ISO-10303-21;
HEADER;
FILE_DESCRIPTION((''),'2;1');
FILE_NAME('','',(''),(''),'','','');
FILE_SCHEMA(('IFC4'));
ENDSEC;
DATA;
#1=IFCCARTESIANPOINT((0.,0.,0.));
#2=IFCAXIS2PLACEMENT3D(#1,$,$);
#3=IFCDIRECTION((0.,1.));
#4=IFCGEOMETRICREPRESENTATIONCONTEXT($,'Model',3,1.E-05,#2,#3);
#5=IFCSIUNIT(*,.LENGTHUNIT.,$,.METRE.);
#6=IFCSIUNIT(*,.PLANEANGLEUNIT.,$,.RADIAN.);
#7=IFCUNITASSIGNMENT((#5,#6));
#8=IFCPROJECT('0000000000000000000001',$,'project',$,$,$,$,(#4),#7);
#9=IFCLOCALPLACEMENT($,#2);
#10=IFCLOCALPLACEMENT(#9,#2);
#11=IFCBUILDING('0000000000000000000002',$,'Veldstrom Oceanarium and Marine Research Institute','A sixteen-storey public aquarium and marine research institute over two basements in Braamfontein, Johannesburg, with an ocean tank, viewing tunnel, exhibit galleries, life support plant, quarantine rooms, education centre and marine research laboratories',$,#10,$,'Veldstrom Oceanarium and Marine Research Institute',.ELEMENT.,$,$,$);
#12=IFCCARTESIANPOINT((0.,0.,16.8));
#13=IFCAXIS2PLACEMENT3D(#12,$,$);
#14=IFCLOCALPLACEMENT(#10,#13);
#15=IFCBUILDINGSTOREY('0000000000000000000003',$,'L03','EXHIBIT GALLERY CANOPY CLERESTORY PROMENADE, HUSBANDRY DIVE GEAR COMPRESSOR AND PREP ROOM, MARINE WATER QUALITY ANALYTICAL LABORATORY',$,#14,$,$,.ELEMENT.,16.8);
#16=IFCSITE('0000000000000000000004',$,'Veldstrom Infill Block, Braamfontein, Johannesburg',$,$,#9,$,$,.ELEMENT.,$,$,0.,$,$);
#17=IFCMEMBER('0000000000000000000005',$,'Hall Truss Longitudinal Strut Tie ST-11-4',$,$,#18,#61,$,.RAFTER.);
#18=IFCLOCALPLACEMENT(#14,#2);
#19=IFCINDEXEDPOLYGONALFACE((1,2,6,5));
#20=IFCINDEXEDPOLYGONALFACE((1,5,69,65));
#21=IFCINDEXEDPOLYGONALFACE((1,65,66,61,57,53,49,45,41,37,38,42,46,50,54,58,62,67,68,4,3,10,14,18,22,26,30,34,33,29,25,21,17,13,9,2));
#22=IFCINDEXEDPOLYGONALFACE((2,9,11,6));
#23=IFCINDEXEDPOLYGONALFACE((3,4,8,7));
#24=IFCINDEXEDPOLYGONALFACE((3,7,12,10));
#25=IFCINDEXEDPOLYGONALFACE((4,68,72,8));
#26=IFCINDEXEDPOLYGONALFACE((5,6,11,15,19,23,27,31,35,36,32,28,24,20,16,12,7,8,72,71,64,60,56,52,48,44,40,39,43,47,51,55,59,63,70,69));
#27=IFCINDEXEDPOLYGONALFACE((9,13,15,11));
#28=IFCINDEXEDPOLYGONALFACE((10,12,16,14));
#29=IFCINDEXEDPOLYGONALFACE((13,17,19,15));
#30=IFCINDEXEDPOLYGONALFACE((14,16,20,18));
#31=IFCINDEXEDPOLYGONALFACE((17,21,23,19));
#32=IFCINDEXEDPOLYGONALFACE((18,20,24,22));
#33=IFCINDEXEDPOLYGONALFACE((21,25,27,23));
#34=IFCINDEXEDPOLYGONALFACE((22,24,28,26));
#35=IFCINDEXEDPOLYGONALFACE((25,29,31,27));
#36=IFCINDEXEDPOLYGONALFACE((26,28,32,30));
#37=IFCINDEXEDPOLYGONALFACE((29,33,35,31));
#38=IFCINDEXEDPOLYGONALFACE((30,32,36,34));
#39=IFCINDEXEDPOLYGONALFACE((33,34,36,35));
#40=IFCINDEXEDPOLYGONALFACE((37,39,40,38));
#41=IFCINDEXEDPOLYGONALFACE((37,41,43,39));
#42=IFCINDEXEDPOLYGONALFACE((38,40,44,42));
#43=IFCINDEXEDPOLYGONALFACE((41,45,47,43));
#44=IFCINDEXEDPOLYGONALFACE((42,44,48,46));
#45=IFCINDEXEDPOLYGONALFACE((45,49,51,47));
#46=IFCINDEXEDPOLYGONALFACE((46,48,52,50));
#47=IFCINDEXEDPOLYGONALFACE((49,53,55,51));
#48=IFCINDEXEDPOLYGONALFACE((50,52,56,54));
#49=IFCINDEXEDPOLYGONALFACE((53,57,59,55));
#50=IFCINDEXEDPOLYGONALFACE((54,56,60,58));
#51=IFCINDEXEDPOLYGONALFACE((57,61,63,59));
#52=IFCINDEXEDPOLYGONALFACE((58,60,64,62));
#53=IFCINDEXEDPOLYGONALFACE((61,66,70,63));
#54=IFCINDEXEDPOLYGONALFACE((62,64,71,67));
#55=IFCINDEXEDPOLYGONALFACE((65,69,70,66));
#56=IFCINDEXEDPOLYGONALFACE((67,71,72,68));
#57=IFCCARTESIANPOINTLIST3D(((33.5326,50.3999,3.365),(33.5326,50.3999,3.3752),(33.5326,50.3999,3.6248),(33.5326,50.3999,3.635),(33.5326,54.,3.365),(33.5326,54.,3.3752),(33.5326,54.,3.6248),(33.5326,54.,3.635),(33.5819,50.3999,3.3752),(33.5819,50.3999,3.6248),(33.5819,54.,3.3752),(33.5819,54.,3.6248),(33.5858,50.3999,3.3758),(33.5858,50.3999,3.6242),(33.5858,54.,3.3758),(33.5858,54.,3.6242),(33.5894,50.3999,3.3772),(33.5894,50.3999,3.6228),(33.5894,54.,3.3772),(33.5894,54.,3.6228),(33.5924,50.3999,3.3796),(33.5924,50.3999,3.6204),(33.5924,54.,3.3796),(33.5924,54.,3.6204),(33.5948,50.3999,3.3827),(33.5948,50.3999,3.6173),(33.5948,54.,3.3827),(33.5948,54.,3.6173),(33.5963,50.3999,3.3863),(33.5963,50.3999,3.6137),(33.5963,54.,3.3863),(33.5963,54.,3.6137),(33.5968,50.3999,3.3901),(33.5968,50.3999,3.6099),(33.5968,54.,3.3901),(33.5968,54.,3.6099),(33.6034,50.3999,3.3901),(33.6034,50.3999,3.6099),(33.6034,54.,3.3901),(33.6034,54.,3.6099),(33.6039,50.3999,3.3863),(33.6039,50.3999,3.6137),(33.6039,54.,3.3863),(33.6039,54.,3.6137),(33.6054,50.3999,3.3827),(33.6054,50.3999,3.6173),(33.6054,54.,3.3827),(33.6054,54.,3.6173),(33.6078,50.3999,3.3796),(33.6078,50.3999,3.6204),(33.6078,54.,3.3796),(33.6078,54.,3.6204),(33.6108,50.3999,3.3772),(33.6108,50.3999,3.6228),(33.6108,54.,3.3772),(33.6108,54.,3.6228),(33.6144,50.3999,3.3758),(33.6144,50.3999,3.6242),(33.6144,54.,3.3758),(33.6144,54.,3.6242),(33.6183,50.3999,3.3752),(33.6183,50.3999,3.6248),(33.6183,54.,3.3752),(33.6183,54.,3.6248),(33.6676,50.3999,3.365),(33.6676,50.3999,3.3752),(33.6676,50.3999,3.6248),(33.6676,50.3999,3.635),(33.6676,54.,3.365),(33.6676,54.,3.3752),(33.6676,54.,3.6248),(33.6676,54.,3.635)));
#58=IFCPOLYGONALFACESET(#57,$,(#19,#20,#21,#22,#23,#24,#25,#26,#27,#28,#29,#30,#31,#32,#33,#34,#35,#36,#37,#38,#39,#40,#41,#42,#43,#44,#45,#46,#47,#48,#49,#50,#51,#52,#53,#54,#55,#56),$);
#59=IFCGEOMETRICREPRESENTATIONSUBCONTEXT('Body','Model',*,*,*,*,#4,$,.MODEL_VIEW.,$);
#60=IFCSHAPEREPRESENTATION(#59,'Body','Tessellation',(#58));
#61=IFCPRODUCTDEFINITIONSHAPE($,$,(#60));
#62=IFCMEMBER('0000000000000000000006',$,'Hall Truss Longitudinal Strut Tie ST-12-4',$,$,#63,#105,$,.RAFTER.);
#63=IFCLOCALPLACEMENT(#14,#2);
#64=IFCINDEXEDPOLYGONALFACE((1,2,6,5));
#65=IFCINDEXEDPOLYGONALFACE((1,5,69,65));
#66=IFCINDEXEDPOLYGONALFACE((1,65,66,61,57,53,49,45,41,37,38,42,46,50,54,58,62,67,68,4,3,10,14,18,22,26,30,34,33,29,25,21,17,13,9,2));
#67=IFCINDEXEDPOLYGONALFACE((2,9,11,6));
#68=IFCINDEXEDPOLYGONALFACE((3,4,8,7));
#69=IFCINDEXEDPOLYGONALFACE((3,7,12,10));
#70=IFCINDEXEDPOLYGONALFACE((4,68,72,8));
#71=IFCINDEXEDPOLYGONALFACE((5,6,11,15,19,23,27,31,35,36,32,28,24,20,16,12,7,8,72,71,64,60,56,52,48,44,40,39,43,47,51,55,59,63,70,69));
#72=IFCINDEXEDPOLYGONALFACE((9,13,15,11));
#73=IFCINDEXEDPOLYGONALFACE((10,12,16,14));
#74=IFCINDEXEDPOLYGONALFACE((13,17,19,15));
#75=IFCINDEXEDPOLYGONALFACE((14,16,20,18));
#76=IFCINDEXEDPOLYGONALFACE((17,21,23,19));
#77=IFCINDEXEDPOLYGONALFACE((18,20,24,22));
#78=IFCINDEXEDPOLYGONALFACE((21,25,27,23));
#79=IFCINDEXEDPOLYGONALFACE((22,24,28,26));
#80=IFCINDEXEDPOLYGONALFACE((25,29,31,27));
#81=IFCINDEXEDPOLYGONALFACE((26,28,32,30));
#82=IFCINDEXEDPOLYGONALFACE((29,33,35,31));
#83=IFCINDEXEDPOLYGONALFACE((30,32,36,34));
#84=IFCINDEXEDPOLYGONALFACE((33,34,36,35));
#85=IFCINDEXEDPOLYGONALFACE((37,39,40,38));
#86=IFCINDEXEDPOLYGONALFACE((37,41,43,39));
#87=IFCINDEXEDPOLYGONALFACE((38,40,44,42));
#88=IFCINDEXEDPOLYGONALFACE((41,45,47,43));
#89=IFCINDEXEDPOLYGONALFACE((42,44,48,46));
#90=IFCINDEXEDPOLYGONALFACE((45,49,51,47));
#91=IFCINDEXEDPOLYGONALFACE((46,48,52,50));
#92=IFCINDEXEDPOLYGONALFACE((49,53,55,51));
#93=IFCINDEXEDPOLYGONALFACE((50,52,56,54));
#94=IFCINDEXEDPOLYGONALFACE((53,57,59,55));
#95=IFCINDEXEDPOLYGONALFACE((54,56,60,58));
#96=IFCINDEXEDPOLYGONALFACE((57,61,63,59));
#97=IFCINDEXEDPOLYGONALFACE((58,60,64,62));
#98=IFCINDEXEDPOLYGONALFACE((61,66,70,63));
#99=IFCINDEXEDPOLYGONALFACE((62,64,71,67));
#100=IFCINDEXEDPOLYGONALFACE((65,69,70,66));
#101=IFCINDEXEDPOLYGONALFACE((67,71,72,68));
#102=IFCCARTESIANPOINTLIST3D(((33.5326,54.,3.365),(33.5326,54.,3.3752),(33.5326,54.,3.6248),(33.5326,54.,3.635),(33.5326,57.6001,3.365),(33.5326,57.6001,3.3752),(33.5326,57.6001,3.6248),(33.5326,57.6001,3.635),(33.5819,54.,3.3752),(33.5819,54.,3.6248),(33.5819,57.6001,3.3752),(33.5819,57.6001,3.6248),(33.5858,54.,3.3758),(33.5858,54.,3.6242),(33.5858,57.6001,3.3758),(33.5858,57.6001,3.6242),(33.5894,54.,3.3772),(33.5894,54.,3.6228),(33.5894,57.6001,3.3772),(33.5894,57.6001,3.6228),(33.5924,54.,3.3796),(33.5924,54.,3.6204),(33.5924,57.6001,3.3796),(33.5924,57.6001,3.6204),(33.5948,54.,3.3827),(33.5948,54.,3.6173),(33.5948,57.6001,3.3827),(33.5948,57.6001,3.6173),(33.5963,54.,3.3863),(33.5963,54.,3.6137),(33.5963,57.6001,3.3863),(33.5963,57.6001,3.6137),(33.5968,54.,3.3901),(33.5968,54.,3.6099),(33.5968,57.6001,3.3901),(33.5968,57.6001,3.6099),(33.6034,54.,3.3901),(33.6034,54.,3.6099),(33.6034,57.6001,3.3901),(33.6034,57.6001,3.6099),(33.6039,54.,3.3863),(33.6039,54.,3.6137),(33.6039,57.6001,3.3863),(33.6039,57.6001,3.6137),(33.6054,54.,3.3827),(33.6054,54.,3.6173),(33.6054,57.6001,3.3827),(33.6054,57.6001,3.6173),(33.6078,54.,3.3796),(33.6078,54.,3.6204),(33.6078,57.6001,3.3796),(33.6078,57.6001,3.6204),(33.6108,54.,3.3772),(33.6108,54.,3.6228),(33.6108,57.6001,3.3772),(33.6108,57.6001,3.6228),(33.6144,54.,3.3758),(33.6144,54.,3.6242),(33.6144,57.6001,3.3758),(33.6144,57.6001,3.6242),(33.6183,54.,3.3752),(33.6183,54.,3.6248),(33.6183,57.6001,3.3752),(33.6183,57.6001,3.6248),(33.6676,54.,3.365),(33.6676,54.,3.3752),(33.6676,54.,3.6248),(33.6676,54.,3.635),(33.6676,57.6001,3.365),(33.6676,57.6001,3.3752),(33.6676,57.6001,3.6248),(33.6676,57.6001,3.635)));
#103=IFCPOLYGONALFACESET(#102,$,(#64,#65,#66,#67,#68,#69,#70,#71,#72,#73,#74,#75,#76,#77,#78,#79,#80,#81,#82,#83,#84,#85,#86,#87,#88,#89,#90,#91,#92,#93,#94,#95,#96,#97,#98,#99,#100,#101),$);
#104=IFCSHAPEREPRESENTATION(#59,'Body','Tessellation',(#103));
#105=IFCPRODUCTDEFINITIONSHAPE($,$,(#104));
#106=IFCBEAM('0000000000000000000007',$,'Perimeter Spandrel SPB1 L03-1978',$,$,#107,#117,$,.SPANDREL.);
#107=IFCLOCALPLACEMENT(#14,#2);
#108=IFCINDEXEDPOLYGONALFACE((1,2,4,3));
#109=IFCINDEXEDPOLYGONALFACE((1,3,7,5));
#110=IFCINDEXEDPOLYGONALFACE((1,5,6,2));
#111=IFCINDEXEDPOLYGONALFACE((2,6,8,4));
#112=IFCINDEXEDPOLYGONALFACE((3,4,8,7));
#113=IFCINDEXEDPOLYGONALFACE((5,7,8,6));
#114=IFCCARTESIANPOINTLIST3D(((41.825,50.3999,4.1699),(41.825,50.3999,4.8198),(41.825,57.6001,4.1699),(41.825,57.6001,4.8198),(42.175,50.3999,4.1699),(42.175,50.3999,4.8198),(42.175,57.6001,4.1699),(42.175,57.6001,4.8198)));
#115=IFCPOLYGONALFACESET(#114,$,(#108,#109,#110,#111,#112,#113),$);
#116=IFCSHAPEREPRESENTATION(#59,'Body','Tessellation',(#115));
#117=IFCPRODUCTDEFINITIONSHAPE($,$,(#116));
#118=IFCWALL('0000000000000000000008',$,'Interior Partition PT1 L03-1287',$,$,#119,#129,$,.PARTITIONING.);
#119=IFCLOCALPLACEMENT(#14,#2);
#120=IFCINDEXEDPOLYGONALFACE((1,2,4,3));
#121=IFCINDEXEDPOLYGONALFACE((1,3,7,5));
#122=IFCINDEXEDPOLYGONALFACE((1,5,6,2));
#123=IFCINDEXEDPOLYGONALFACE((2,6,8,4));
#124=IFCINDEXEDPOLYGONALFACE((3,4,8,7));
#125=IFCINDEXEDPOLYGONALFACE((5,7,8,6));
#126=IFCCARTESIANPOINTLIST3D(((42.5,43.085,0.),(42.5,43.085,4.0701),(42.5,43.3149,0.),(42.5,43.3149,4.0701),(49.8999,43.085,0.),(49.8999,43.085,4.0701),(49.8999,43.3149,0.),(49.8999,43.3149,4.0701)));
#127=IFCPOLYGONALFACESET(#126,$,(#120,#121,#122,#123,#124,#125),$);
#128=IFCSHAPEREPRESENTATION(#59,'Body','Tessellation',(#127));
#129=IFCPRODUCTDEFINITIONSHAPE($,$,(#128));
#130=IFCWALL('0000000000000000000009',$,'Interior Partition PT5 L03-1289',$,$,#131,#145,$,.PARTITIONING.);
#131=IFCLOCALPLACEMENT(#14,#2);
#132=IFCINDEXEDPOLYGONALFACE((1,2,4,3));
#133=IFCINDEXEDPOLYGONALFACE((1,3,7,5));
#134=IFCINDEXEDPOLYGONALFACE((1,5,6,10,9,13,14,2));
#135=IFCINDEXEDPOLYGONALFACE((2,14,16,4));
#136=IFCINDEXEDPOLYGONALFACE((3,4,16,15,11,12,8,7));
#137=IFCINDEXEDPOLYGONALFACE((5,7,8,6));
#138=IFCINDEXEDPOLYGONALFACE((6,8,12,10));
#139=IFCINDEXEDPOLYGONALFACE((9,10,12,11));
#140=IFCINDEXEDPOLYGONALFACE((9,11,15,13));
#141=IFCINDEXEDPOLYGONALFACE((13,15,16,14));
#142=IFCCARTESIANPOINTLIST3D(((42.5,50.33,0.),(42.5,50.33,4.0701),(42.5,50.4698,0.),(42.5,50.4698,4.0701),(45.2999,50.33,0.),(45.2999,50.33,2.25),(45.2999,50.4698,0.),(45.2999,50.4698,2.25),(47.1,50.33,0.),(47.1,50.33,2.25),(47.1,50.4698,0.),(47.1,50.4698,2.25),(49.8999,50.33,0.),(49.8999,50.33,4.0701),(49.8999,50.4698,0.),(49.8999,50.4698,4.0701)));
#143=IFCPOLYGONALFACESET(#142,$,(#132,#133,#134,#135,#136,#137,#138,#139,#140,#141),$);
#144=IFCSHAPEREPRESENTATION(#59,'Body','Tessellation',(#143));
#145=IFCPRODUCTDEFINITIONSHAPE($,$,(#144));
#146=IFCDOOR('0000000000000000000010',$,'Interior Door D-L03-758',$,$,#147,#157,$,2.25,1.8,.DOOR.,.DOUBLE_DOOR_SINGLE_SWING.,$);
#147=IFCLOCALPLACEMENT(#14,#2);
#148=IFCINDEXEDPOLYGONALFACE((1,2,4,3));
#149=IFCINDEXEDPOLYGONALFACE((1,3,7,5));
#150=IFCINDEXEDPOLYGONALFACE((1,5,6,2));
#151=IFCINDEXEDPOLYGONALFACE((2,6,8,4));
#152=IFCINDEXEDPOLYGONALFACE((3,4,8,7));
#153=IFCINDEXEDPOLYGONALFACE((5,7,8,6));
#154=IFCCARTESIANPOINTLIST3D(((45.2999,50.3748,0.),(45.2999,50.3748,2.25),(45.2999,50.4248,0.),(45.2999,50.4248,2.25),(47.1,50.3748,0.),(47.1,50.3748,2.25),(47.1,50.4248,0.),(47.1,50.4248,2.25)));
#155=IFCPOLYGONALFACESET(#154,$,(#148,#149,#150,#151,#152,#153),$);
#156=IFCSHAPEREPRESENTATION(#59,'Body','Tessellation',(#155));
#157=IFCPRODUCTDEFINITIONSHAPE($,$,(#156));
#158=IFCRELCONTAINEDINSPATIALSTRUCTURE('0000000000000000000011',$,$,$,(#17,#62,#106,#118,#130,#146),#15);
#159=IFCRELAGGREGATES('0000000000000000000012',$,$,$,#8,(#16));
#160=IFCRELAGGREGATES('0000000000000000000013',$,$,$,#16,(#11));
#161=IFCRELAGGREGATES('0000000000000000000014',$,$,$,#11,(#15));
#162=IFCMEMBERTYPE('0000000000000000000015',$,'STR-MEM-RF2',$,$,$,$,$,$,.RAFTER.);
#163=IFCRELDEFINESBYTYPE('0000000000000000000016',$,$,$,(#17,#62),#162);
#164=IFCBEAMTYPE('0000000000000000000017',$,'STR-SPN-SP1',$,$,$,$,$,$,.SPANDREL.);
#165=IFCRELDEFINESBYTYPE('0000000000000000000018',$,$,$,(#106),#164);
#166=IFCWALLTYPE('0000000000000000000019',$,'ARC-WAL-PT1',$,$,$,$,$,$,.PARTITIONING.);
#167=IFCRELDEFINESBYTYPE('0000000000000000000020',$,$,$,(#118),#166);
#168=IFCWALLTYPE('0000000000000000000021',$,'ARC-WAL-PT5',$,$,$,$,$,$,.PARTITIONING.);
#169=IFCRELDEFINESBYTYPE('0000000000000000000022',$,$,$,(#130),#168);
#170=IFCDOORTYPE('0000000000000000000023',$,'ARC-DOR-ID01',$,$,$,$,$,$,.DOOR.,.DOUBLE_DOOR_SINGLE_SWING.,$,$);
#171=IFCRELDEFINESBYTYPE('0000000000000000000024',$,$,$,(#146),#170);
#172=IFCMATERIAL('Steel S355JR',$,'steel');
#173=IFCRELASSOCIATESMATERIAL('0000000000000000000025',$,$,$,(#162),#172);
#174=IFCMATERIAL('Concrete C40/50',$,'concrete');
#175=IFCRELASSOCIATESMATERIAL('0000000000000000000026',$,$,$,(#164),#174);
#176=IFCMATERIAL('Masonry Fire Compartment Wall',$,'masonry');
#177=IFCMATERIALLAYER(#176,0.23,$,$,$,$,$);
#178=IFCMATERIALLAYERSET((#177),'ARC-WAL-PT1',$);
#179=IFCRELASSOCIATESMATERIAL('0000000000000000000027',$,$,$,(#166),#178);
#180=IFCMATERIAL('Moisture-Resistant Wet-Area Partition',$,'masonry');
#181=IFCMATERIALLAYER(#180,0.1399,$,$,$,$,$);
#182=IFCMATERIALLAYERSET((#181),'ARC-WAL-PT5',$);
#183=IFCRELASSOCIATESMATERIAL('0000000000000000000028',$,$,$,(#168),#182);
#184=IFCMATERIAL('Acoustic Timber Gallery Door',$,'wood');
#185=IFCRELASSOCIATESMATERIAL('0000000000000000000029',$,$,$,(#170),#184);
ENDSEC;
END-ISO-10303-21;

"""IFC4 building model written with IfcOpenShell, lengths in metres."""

from ifc_helpers import new_model, si_unit, direction, frame, frame_2d, origin, origin_2d, place, context, subcontext, project, spatial, rectangle, i_section, extrude, material, layer, layer_set, material_profile, profile_set, type_object, element, fill, save


model = new_model("IFC4")

# Units and contexts
model_context = context("Model", 3, precision=1e-05, world=origin(), true_north=direction((0.0, 1.0)))
body_context = subcontext(model_context, "Body", "Model", "MODEL_VIEW")
ifc_project = project(units=[si_unit("LENGTHUNIT", "METRE"), si_unit("PLANEANGLEUNIT", "RADIAN")], contexts=[model_context])

# Site, building, storey
site_placement = place(None, origin())
site = spatial("IfcSite", under=ifc_project, at=site_placement, Name="Veldstrom Infill Block, Braamfontein, Johannesburg", CompositionType="ELEMENT", RefElevation=0.0)
building_placement = place(site_placement, origin())
building = spatial("IfcBuilding", under=site, at=building_placement, Name="Veldstrom Oceanarium and Marine Research Institute", Description="A sixteen-storey public aquarium and marine research institute over two basements in Braamfontein, Johannesburg, with an ocean tank, viewing tunnel, exhibit galleries, life support plant, quarantine rooms, education centre and marine research laboratories", LongName="Veldstrom Oceanarium and Marine Research Institute", CompositionType="ELEMENT")
storey_placement = place(building_placement, frame((0.0, 0.0, 16.8)))
storey = spatial("IfcBuildingStorey", under=building, at=storey_placement, Name="L03", Description="EXHIBIT GALLERY CANOPY CLERESTORY PROMENADE, HUSBANDRY DIVE GEAR COMPRESSOR AND PREP ROOM, MARINE WATER QUALITY ANALYTICAL LABORATORY", CompositionType="ELEMENT", Elevation=16.8)

# Members
ifc_material_1 = material(Name="Steel S355JR", Category="steel")
ifc_material_profile_1 = material_profile(ifc_material_1, i_section(OverallWidth=0.135, OverallDepth=0.27, WebThickness=0.0066, FlangeThickness=0.0103, FilletRadius=0.0149, at=origin_2d()), Name="IPE 270")
ifc_profile_set_1 = profile_set([ifc_material_profile_1], Name="Steel S355JR")
member_type_1 = type_object("IfcMemberType", Name="STR-MEM-RF2", PredefinedType="RAFTER", material=ifc_profile_set_1)
for number, where, z_axis, x_axis, name in (
    (1, (33.6001, 50.3999, 3.5), (0.0, 1.0, 0.0), (-1.0, 0.0, 0.0), "Hall Truss Longitudinal Strut Tie ST-11-4"),
    (2, (33.6001, 54.0, 3.5), (0.0, 1.0, 0.0), (-1.0, 0.0, 0.0), "Hall Truss Longitudinal Strut Tie ST-12-4"),
):
    element("IfcMember", number, at=place(storey_placement, frame(where, z_axis=z_axis, x_axis=x_axis)), inside=storey, type_object=member_type_1, Name=name, PredefinedType="RAFTER", context=body_context, shape_type="SweptSolid", body=[
        extrude(i_section(OverallWidth=0.135, OverallDepth=0.27, WebThickness=0.0066, FlangeThickness=0.0103, FilletRadius=0.0149, at=origin_2d()), origin(), (0.0, 0.0, 1.0), 3.6001),
    ])

# Beam
ifc_material_2 = material(Name="Concrete C40/50", Category="concrete")
ifc_material_profile_2 = material_profile(ifc_material_2, rectangle(XDim=0.3501, YDim=0.6499, at=origin_2d()), Name="RC-SPN-350x650")
ifc_profile_set_2 = profile_set([ifc_material_profile_2], Name="Concrete C40/50")
beam_type_1 = type_object("IfcBeamType", Name="STR-SPN-SP1", PredefinedType="SPANDREL", material=ifc_profile_set_2)
beam_1_placement = place(storey_placement, frame((42.0, 50.3999, 4.4949), z_axis=(0.0, 1.0, 0.0), x_axis=(-1.0, 0.0, 0.0)))
element("IfcBeam", 3, at=beam_1_placement, inside=storey, type_object=beam_type_1, Name="Perimeter Spandrel SPB1 L03-1978", PredefinedType="SPANDREL", context=body_context, shape_type="SweptSolid", body=[
    extrude(rectangle(XDim=0.3501, YDim=0.6499, at=origin_2d()), origin(), (0.0, 0.0, 1.0), 7.2002),
])

# Wall
ifc_material_3 = material(Name="Masonry Fire Compartment Wall", Category="masonry")
ifc_layer_1 = layer(ifc_material_3, 0.23)
ifc_layer_set_1 = layer_set([ifc_layer_1], Name="ARC-WAL-PT1")
wall_type_1 = type_object("IfcWallType", Name="ARC-WAL-PT1", PredefinedType="PARTITIONING", material=ifc_layer_set_1)
wall_1_placement = place(storey_placement, frame((42.5, 43.2, 0.0), z_axis=(0.0, 0.0, 1.0), x_axis=(1.0, 0.0, 0.0)))
element("IfcWall", 4, at=wall_1_placement, inside=storey, type_object=wall_type_1, Name="Interior Partition PT1 L03-1287", PredefinedType="PARTITIONING", context=body_context, shape_type="SweptSolid", body=[
    extrude(rectangle(XDim=7.3999, YDim=0.23, at=frame_2d((3.7, 0.0))), origin(), (0.0, 0.0, 1.0), 4.0701),
])

# Wall, opening, door
ifc_material_4 = material(Name="Moisture-Resistant Wet-Area Partition", Category="masonry")
ifc_layer_2 = layer(ifc_material_4, 0.1399)
ifc_layer_set_2 = layer_set([ifc_layer_2], Name="ARC-WAL-PT5")
wall_type_2 = type_object("IfcWallType", Name="ARC-WAL-PT5", PredefinedType="PARTITIONING", material=ifc_layer_set_2)
wall_2_placement = place(storey_placement, frame((42.5, 50.3999, 0.0), z_axis=(0.0, 0.0, 1.0), x_axis=(1.0, 0.0, 0.0)))
wall_2 = element("IfcWall", 5, at=wall_2_placement, inside=storey, type_object=wall_type_2, Name="Interior Partition PT5 L03-1289", PredefinedType="PARTITIONING", context=body_context, shape_type="SweptSolid", body=[
    extrude(rectangle(XDim=7.3999, YDim=0.1399, at=frame_2d((3.7, 0.0))), origin(), (0.0, 0.0, 1.0), 4.0701),
])
opening_placement = place(wall_2_placement, frame((2.8, 0.0, 0.0)))
opening = element("IfcOpeningElement", 6, at=opening_placement, cuts=wall_2, PredefinedType="OPENING", context=body_context, shape_type="SweptSolid", body=[
    extrude(rectangle(XDim=1.8, YDim=2.25, at=frame_2d((0.8999, 1.125))), frame((0.0, 0.0798, 0.0), z_axis=(0.0, -1.0, 0.0), x_axis=(1.0, 0.0, 0.0)), (0.0, 0.0, 1.0), 0.1599),
])
ifc_material_5 = material(Name="Acoustic Timber Gallery Door", Category="wood")
door_type = type_object("IfcDoorType", Name="ARC-DOR-ID01", OperationType="DOUBLE_DOOR_SINGLE_SWING", PredefinedType="DOOR", material=ifc_material_5)
door_placement = place(opening_placement, origin())
door = element("IfcDoor", 7, at=door_placement, inside=storey, type_object=door_type, Name="Interior Door D-L03-758", OperationType="DOUBLE_DOOR_SINGLE_SWING", OverallHeight=2.25, OverallWidth=1.8, PredefinedType="DOOR", context=body_context, shape_type="SweptSolid", body=[
    extrude(rectangle(XDim=1.8, YDim=2.25, at=frame_2d((0.8999, 1.125))), frame((0.0, 0.0249, 0.0), z_axis=(0.0, -1.0, 0.0), x_axis=(1.0, 0.0, 0.0)), (0.0, 0.0, 1.0), 0.05),
])
fill(opening, door)

save(model, "model.ifc")
